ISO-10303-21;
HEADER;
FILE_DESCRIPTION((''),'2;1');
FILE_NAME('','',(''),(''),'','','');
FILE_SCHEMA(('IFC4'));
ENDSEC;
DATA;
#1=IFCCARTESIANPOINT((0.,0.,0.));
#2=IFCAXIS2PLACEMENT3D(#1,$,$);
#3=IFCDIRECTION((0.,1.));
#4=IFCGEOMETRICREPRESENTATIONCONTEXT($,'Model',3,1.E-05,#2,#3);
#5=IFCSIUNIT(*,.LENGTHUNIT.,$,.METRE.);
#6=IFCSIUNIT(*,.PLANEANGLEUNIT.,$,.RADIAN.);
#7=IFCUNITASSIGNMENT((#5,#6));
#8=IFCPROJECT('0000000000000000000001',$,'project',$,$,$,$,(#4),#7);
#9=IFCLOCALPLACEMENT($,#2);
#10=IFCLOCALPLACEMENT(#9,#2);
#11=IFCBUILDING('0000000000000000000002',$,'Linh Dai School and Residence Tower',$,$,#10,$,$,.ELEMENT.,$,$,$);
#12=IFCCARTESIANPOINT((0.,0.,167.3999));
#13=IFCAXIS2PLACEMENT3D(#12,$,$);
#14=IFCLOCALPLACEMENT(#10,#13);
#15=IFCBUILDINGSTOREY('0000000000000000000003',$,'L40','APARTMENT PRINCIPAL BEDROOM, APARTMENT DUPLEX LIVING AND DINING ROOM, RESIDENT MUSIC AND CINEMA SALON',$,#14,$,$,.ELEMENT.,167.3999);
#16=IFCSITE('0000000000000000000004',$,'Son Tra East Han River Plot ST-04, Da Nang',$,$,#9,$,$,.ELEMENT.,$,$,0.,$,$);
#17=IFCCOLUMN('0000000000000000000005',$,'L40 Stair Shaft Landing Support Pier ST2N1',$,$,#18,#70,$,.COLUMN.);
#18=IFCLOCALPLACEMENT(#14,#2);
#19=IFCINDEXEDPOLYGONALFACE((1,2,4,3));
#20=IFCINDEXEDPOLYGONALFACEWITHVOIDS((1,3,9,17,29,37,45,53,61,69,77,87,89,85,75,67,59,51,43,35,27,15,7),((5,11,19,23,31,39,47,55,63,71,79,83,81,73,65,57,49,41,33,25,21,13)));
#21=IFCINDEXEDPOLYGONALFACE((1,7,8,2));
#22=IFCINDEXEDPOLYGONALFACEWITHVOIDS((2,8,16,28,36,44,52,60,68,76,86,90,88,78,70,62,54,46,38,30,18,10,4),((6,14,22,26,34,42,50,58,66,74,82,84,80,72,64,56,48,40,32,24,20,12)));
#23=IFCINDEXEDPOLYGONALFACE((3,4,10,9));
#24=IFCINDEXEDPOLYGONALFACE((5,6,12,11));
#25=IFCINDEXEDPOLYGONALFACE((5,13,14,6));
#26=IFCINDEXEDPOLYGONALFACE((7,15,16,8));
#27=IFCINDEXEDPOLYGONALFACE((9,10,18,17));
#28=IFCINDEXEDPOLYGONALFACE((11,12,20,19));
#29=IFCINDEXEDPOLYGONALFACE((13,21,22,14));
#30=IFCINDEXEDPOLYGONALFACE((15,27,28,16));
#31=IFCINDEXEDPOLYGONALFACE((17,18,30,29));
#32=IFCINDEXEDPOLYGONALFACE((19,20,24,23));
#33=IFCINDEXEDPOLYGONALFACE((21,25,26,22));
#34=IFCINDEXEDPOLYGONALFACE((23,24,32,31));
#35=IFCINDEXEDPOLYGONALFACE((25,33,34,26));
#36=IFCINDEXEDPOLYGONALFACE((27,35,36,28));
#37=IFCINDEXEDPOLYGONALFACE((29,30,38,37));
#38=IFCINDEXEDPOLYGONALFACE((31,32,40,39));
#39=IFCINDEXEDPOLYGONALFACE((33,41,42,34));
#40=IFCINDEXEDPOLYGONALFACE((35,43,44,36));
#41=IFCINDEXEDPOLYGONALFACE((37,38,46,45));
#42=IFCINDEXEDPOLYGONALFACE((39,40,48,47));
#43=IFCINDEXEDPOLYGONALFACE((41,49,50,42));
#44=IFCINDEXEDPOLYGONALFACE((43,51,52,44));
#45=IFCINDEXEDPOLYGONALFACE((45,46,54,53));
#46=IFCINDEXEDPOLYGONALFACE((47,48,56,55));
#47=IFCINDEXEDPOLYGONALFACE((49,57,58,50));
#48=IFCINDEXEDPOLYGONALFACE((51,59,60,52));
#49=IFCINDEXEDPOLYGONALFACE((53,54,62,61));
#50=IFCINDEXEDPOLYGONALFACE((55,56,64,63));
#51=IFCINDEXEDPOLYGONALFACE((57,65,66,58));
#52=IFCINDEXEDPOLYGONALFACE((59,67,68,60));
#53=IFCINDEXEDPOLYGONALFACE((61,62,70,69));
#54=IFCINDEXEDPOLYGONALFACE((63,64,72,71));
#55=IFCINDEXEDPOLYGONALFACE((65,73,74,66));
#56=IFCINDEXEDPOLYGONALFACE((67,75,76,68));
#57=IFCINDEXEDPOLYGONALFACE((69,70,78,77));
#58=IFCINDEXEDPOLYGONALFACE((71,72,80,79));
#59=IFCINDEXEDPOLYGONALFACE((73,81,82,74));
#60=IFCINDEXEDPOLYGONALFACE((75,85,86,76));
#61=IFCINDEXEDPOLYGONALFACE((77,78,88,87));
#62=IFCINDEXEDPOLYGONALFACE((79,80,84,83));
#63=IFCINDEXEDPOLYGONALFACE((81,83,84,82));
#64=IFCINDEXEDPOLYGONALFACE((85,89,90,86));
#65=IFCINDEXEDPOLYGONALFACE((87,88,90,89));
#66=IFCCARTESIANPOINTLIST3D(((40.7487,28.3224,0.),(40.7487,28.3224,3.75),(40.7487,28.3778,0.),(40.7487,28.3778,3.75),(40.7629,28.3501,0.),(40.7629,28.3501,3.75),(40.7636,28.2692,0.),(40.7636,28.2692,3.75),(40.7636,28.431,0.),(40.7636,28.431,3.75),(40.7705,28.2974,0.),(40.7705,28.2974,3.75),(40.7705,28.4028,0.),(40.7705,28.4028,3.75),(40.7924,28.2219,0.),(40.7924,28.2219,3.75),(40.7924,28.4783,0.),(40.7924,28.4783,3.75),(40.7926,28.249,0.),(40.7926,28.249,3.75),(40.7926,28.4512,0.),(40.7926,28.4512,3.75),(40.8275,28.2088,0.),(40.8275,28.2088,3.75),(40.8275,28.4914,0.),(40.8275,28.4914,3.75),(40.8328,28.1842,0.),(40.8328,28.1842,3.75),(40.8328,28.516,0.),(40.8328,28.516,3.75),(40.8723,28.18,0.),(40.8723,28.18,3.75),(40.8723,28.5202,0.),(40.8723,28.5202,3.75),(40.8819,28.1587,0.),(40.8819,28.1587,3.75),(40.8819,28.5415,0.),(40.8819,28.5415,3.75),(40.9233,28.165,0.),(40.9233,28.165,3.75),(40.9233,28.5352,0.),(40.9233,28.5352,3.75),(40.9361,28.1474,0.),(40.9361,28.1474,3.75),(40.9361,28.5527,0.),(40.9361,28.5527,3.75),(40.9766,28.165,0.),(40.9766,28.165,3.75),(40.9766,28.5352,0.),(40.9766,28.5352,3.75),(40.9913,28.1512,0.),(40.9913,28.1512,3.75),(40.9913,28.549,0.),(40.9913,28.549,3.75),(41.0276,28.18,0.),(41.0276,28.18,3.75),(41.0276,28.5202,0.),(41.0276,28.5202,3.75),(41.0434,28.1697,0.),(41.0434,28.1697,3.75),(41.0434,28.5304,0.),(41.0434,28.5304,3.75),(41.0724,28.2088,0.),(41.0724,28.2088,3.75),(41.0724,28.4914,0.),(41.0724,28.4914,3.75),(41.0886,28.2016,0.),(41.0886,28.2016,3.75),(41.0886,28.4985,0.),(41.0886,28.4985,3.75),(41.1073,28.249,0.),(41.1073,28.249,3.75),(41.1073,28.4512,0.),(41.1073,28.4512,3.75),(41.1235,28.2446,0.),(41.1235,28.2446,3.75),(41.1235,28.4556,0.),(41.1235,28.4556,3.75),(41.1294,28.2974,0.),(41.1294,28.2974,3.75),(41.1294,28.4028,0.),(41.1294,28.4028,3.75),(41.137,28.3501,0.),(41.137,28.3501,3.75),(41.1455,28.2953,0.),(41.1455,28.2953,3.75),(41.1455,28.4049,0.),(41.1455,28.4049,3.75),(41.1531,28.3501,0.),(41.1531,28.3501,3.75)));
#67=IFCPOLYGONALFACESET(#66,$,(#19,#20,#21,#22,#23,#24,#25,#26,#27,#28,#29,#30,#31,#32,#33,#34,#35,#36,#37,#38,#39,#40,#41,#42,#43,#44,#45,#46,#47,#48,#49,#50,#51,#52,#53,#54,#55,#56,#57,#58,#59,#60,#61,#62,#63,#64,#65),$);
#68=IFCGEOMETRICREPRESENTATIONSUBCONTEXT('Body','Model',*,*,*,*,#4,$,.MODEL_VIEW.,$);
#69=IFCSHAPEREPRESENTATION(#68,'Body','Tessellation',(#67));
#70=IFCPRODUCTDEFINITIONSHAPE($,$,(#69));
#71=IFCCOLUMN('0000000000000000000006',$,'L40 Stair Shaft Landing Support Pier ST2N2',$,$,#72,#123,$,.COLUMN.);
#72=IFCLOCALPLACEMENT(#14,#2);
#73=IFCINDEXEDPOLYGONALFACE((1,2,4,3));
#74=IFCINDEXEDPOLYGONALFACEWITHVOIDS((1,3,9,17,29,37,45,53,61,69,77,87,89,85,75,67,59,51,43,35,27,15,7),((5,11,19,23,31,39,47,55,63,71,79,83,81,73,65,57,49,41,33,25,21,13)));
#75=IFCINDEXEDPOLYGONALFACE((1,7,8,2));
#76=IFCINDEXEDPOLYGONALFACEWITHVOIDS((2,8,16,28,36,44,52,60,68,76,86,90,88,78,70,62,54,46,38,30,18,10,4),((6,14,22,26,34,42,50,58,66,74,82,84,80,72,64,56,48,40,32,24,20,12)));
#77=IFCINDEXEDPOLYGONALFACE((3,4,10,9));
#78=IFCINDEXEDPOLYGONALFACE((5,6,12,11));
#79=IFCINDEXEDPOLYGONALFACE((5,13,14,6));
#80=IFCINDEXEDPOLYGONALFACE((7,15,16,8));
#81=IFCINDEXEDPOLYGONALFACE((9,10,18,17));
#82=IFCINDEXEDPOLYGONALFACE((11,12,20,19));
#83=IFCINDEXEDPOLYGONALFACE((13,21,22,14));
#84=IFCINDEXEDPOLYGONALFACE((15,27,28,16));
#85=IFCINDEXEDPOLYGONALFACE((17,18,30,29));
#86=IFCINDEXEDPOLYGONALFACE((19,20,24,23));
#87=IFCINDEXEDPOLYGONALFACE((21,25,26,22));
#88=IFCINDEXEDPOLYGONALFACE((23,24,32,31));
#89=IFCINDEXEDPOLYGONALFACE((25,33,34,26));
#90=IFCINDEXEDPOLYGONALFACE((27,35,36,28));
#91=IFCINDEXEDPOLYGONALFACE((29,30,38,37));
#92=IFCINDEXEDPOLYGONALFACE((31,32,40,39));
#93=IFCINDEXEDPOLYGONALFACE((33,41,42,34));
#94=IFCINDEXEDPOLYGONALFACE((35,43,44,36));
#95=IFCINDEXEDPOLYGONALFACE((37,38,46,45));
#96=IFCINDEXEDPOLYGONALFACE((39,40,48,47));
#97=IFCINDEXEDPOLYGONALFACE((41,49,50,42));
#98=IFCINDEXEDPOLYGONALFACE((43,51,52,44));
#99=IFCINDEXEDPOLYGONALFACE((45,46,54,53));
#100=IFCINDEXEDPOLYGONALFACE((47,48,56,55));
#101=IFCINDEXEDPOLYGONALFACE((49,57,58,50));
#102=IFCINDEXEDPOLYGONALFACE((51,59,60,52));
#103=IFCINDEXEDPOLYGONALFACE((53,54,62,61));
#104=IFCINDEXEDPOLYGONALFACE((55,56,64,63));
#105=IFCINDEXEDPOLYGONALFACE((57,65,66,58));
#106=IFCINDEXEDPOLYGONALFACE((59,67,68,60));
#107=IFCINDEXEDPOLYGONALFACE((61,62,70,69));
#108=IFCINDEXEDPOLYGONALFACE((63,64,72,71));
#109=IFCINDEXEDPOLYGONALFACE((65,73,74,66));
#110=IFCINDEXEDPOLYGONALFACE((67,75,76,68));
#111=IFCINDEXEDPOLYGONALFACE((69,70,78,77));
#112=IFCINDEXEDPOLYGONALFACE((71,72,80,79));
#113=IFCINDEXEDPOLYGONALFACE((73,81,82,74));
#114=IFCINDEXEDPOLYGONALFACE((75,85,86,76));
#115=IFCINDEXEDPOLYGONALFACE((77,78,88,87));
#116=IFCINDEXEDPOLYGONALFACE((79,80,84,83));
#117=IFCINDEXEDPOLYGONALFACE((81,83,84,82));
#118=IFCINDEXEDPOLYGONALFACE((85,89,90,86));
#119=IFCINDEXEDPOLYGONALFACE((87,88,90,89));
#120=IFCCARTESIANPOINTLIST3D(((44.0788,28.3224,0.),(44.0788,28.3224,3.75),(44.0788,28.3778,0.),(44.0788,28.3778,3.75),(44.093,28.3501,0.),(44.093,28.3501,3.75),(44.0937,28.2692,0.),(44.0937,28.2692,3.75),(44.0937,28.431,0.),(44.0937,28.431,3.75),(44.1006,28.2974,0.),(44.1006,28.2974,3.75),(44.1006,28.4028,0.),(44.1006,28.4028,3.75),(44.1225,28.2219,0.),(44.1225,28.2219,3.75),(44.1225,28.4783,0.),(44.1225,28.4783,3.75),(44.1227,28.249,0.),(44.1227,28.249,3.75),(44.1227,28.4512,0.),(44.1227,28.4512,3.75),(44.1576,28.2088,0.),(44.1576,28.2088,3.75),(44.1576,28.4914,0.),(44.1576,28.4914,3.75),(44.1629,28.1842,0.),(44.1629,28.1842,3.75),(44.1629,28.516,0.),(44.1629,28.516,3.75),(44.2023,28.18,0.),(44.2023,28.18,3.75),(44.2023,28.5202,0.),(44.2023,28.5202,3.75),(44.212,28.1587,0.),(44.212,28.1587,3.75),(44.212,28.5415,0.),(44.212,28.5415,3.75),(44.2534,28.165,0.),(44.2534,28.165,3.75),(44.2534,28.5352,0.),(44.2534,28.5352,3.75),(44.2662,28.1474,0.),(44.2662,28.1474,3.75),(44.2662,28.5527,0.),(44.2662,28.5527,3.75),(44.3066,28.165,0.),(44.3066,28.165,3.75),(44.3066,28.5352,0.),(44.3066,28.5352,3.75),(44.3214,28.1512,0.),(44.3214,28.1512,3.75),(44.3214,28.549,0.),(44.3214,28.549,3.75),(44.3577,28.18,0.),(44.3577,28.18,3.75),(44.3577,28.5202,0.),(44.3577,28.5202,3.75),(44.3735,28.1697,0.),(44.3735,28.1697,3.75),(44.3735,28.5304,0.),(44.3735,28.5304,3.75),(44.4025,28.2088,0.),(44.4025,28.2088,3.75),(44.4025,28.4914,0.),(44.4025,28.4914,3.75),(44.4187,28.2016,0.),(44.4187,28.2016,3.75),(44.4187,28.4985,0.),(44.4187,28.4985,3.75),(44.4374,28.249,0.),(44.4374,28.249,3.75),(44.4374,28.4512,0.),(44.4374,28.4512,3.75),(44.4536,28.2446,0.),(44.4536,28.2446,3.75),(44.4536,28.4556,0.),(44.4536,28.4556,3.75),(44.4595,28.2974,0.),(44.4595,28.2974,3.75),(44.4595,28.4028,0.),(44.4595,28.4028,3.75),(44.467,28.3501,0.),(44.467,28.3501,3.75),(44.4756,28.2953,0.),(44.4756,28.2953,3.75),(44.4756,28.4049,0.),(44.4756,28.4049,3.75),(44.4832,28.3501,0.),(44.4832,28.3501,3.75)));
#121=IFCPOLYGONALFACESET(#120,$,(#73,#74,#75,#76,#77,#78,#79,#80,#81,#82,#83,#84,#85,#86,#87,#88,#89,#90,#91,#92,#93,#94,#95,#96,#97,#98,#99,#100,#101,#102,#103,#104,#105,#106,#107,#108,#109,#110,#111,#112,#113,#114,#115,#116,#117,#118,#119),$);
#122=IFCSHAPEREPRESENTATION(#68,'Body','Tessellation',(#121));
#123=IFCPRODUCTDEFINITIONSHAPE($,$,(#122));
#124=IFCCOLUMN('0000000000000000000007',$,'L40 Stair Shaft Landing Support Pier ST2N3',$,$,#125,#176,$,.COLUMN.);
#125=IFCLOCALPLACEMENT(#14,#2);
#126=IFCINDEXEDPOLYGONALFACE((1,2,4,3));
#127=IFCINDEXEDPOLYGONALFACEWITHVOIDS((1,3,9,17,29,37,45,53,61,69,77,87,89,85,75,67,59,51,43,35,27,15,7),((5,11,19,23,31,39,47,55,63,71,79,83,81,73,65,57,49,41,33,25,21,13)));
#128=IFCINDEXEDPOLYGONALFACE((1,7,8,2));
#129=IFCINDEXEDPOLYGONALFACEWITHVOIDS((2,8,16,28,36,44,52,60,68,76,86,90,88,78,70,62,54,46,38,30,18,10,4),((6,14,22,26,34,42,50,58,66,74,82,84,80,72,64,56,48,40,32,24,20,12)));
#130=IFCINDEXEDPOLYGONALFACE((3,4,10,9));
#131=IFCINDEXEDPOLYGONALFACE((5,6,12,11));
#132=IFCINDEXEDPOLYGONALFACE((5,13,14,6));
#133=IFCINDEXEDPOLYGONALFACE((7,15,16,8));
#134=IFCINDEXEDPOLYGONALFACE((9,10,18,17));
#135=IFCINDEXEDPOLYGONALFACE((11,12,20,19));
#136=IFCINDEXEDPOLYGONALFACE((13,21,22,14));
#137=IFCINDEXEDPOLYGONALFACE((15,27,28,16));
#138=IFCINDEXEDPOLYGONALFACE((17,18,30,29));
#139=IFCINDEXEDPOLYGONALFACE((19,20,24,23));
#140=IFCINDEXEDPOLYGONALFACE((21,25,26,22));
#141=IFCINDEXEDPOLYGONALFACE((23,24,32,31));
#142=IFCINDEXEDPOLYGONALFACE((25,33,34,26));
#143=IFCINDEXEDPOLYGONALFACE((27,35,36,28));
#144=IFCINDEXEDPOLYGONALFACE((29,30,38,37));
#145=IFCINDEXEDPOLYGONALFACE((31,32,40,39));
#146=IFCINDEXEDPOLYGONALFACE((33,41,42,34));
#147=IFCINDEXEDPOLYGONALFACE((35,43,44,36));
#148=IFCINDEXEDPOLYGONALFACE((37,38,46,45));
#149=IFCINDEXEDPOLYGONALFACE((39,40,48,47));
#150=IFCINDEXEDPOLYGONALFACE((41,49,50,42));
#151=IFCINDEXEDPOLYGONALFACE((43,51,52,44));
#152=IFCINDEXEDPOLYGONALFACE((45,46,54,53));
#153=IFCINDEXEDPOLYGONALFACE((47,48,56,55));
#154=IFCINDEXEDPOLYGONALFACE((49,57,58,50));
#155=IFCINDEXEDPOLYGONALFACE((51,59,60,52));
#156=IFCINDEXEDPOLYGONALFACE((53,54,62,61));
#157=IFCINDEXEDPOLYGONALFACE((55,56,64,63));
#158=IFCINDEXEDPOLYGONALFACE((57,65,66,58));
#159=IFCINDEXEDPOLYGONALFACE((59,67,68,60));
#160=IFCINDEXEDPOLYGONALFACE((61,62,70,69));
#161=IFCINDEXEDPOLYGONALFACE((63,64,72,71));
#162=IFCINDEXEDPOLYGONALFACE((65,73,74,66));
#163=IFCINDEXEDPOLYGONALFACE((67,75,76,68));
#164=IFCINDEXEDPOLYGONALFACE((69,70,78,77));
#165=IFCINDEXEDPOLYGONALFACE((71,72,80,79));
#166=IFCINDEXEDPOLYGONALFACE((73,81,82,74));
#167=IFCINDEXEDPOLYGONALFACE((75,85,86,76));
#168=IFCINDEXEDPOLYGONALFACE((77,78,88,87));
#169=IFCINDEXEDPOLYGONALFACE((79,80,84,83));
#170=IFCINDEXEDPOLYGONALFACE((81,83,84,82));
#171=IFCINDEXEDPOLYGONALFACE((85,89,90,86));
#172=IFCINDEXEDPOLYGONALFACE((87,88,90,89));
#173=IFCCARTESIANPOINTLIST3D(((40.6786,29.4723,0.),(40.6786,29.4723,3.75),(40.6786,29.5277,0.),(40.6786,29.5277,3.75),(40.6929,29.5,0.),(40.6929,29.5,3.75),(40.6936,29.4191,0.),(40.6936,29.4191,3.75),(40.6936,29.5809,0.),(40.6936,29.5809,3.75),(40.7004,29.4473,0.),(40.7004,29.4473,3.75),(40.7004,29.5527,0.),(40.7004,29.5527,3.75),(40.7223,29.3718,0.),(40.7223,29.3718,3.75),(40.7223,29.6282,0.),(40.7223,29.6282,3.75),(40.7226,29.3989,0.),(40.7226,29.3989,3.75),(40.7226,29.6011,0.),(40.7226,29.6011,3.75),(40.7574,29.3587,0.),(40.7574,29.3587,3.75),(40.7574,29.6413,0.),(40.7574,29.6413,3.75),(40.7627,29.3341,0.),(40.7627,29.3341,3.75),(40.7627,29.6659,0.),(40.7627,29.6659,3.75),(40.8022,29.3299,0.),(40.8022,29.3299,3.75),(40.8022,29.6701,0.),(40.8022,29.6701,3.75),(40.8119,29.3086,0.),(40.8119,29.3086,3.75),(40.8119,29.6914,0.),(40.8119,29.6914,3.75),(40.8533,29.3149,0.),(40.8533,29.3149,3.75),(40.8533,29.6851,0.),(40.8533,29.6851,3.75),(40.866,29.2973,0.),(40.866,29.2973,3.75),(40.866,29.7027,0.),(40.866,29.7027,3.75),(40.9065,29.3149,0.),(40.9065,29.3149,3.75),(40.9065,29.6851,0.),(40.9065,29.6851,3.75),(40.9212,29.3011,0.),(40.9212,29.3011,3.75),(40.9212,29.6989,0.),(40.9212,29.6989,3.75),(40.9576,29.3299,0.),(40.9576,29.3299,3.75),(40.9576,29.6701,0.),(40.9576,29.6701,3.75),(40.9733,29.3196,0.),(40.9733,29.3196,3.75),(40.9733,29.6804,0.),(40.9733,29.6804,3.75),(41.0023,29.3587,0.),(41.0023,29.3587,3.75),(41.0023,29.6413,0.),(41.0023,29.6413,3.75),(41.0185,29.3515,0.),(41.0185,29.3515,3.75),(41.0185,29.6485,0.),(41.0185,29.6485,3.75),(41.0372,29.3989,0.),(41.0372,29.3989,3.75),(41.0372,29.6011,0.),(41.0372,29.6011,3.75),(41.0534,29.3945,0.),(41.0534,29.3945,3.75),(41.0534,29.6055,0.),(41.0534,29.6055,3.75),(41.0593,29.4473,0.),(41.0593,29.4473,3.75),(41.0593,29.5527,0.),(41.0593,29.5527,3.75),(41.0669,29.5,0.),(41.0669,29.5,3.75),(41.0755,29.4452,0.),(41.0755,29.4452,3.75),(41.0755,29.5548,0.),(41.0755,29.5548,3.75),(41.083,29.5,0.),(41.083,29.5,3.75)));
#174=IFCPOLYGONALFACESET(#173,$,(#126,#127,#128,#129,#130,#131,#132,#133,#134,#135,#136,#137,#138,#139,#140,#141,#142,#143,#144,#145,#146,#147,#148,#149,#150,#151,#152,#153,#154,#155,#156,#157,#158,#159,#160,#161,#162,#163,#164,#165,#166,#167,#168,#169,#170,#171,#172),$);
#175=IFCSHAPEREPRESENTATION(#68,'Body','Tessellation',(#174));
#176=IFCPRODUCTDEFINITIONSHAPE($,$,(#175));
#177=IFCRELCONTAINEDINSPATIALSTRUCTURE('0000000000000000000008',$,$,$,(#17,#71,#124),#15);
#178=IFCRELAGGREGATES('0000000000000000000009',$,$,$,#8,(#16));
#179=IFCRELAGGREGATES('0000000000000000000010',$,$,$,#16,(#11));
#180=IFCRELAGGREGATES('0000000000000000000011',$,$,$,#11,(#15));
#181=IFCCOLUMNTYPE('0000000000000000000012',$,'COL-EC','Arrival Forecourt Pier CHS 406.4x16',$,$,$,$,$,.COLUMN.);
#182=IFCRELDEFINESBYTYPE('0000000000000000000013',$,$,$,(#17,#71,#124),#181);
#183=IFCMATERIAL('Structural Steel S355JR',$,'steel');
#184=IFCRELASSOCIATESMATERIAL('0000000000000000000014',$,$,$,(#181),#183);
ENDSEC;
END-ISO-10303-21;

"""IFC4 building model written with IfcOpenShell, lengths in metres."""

from ifc_helpers import new_model, si_unit, direction, frame, origin, origin_2d, place, context, subcontext, project, spatial, hollow_circle, extrude, material, material_profile, profile_set, type_object, element, save


model = new_model("IFC4")

# Units and contexts
model_context = context("Model", 3, precision=1e-05, world=origin(), true_north=direction((0.0, 1.0)))
body_context = subcontext(model_context, "Body", "Model", "MODEL_VIEW")
ifc_project = project(units=[si_unit("LENGTHUNIT", "METRE"), si_unit("PLANEANGLEUNIT", "RADIAN")], contexts=[model_context])

# Site, building, storey
site_placement = place(None, origin())
site = spatial("IfcSite", under=ifc_project, at=site_placement, Name="Son Tra East Han River Plot ST-04, Da Nang", CompositionType="ELEMENT", RefElevation=0.0)
building_placement = place(site_placement, origin())
building = spatial("IfcBuilding", under=site, at=building_placement, Name="Linh Dai School and Residence Tower", CompositionType="ELEMENT")
storey_placement = place(building_placement, frame((0.0, 0.0, 167.3999)))
storey = spatial("IfcBuildingStorey", under=building, at=storey_placement, Name="L40", Description="APARTMENT PRINCIPAL BEDROOM, APARTMENT DUPLEX LIVING AND DINING ROOM, RESIDENT MUSIC AND CINEMA SALON", CompositionType="ELEMENT", Elevation=167.3999)

# Columns
ifc_material_1 = material(Name="Structural Steel S355JR", Category="steel")
ifc_material_profile_1 = material_profile(ifc_material_1, hollow_circle(Radius=0.2031, WallThickness=0.0161, at=origin_2d()), Name="CHS 406.4x16")
ifc_profile_set_1 = profile_set([ifc_material_profile_1], Name="Structural Steel S355JR")
column_type_1 = type_object("IfcColumnType", Name="COL-EC", Description="Arrival Forecourt Pier CHS 406.4x16", PredefinedType="COLUMN", material=ifc_profile_set_1)
for number, where, z_axis, x_axis, name in (
    (1, (40.95, 28.3501, 0.0), (0.0, 0.0, 1.0), (1.0, 0.0, 0.0), "L40 Stair Shaft Landing Support Pier ST2N1"),
    (2, (44.28, 28.3501, 0.0), (0.0, 0.0, 1.0), (1.0, 0.0, 0.0), "L40 Stair Shaft Landing Support Pier ST2N2"),
    (3, (40.8799, 29.5, 0.0), (0.0, 0.0, 1.0), (1.0, 0.0, 0.0), "L40 Stair Shaft Landing Support Pier ST2N3"),
):
    element("IfcColumn", number, at=place(storey_placement, frame(where, z_axis=z_axis, x_axis=x_axis)), inside=storey, type_object=column_type_1, Name=name, PredefinedType="COLUMN", context=body_context, shape_type="SweptSolid", body=[
        extrude(hollow_circle(Radius=0.2031, WallThickness=0.0161, at=origin_2d()), origin(), (0.0, 0.0, 1.0), 3.75),
    ])

save(model, "model.ifc")
